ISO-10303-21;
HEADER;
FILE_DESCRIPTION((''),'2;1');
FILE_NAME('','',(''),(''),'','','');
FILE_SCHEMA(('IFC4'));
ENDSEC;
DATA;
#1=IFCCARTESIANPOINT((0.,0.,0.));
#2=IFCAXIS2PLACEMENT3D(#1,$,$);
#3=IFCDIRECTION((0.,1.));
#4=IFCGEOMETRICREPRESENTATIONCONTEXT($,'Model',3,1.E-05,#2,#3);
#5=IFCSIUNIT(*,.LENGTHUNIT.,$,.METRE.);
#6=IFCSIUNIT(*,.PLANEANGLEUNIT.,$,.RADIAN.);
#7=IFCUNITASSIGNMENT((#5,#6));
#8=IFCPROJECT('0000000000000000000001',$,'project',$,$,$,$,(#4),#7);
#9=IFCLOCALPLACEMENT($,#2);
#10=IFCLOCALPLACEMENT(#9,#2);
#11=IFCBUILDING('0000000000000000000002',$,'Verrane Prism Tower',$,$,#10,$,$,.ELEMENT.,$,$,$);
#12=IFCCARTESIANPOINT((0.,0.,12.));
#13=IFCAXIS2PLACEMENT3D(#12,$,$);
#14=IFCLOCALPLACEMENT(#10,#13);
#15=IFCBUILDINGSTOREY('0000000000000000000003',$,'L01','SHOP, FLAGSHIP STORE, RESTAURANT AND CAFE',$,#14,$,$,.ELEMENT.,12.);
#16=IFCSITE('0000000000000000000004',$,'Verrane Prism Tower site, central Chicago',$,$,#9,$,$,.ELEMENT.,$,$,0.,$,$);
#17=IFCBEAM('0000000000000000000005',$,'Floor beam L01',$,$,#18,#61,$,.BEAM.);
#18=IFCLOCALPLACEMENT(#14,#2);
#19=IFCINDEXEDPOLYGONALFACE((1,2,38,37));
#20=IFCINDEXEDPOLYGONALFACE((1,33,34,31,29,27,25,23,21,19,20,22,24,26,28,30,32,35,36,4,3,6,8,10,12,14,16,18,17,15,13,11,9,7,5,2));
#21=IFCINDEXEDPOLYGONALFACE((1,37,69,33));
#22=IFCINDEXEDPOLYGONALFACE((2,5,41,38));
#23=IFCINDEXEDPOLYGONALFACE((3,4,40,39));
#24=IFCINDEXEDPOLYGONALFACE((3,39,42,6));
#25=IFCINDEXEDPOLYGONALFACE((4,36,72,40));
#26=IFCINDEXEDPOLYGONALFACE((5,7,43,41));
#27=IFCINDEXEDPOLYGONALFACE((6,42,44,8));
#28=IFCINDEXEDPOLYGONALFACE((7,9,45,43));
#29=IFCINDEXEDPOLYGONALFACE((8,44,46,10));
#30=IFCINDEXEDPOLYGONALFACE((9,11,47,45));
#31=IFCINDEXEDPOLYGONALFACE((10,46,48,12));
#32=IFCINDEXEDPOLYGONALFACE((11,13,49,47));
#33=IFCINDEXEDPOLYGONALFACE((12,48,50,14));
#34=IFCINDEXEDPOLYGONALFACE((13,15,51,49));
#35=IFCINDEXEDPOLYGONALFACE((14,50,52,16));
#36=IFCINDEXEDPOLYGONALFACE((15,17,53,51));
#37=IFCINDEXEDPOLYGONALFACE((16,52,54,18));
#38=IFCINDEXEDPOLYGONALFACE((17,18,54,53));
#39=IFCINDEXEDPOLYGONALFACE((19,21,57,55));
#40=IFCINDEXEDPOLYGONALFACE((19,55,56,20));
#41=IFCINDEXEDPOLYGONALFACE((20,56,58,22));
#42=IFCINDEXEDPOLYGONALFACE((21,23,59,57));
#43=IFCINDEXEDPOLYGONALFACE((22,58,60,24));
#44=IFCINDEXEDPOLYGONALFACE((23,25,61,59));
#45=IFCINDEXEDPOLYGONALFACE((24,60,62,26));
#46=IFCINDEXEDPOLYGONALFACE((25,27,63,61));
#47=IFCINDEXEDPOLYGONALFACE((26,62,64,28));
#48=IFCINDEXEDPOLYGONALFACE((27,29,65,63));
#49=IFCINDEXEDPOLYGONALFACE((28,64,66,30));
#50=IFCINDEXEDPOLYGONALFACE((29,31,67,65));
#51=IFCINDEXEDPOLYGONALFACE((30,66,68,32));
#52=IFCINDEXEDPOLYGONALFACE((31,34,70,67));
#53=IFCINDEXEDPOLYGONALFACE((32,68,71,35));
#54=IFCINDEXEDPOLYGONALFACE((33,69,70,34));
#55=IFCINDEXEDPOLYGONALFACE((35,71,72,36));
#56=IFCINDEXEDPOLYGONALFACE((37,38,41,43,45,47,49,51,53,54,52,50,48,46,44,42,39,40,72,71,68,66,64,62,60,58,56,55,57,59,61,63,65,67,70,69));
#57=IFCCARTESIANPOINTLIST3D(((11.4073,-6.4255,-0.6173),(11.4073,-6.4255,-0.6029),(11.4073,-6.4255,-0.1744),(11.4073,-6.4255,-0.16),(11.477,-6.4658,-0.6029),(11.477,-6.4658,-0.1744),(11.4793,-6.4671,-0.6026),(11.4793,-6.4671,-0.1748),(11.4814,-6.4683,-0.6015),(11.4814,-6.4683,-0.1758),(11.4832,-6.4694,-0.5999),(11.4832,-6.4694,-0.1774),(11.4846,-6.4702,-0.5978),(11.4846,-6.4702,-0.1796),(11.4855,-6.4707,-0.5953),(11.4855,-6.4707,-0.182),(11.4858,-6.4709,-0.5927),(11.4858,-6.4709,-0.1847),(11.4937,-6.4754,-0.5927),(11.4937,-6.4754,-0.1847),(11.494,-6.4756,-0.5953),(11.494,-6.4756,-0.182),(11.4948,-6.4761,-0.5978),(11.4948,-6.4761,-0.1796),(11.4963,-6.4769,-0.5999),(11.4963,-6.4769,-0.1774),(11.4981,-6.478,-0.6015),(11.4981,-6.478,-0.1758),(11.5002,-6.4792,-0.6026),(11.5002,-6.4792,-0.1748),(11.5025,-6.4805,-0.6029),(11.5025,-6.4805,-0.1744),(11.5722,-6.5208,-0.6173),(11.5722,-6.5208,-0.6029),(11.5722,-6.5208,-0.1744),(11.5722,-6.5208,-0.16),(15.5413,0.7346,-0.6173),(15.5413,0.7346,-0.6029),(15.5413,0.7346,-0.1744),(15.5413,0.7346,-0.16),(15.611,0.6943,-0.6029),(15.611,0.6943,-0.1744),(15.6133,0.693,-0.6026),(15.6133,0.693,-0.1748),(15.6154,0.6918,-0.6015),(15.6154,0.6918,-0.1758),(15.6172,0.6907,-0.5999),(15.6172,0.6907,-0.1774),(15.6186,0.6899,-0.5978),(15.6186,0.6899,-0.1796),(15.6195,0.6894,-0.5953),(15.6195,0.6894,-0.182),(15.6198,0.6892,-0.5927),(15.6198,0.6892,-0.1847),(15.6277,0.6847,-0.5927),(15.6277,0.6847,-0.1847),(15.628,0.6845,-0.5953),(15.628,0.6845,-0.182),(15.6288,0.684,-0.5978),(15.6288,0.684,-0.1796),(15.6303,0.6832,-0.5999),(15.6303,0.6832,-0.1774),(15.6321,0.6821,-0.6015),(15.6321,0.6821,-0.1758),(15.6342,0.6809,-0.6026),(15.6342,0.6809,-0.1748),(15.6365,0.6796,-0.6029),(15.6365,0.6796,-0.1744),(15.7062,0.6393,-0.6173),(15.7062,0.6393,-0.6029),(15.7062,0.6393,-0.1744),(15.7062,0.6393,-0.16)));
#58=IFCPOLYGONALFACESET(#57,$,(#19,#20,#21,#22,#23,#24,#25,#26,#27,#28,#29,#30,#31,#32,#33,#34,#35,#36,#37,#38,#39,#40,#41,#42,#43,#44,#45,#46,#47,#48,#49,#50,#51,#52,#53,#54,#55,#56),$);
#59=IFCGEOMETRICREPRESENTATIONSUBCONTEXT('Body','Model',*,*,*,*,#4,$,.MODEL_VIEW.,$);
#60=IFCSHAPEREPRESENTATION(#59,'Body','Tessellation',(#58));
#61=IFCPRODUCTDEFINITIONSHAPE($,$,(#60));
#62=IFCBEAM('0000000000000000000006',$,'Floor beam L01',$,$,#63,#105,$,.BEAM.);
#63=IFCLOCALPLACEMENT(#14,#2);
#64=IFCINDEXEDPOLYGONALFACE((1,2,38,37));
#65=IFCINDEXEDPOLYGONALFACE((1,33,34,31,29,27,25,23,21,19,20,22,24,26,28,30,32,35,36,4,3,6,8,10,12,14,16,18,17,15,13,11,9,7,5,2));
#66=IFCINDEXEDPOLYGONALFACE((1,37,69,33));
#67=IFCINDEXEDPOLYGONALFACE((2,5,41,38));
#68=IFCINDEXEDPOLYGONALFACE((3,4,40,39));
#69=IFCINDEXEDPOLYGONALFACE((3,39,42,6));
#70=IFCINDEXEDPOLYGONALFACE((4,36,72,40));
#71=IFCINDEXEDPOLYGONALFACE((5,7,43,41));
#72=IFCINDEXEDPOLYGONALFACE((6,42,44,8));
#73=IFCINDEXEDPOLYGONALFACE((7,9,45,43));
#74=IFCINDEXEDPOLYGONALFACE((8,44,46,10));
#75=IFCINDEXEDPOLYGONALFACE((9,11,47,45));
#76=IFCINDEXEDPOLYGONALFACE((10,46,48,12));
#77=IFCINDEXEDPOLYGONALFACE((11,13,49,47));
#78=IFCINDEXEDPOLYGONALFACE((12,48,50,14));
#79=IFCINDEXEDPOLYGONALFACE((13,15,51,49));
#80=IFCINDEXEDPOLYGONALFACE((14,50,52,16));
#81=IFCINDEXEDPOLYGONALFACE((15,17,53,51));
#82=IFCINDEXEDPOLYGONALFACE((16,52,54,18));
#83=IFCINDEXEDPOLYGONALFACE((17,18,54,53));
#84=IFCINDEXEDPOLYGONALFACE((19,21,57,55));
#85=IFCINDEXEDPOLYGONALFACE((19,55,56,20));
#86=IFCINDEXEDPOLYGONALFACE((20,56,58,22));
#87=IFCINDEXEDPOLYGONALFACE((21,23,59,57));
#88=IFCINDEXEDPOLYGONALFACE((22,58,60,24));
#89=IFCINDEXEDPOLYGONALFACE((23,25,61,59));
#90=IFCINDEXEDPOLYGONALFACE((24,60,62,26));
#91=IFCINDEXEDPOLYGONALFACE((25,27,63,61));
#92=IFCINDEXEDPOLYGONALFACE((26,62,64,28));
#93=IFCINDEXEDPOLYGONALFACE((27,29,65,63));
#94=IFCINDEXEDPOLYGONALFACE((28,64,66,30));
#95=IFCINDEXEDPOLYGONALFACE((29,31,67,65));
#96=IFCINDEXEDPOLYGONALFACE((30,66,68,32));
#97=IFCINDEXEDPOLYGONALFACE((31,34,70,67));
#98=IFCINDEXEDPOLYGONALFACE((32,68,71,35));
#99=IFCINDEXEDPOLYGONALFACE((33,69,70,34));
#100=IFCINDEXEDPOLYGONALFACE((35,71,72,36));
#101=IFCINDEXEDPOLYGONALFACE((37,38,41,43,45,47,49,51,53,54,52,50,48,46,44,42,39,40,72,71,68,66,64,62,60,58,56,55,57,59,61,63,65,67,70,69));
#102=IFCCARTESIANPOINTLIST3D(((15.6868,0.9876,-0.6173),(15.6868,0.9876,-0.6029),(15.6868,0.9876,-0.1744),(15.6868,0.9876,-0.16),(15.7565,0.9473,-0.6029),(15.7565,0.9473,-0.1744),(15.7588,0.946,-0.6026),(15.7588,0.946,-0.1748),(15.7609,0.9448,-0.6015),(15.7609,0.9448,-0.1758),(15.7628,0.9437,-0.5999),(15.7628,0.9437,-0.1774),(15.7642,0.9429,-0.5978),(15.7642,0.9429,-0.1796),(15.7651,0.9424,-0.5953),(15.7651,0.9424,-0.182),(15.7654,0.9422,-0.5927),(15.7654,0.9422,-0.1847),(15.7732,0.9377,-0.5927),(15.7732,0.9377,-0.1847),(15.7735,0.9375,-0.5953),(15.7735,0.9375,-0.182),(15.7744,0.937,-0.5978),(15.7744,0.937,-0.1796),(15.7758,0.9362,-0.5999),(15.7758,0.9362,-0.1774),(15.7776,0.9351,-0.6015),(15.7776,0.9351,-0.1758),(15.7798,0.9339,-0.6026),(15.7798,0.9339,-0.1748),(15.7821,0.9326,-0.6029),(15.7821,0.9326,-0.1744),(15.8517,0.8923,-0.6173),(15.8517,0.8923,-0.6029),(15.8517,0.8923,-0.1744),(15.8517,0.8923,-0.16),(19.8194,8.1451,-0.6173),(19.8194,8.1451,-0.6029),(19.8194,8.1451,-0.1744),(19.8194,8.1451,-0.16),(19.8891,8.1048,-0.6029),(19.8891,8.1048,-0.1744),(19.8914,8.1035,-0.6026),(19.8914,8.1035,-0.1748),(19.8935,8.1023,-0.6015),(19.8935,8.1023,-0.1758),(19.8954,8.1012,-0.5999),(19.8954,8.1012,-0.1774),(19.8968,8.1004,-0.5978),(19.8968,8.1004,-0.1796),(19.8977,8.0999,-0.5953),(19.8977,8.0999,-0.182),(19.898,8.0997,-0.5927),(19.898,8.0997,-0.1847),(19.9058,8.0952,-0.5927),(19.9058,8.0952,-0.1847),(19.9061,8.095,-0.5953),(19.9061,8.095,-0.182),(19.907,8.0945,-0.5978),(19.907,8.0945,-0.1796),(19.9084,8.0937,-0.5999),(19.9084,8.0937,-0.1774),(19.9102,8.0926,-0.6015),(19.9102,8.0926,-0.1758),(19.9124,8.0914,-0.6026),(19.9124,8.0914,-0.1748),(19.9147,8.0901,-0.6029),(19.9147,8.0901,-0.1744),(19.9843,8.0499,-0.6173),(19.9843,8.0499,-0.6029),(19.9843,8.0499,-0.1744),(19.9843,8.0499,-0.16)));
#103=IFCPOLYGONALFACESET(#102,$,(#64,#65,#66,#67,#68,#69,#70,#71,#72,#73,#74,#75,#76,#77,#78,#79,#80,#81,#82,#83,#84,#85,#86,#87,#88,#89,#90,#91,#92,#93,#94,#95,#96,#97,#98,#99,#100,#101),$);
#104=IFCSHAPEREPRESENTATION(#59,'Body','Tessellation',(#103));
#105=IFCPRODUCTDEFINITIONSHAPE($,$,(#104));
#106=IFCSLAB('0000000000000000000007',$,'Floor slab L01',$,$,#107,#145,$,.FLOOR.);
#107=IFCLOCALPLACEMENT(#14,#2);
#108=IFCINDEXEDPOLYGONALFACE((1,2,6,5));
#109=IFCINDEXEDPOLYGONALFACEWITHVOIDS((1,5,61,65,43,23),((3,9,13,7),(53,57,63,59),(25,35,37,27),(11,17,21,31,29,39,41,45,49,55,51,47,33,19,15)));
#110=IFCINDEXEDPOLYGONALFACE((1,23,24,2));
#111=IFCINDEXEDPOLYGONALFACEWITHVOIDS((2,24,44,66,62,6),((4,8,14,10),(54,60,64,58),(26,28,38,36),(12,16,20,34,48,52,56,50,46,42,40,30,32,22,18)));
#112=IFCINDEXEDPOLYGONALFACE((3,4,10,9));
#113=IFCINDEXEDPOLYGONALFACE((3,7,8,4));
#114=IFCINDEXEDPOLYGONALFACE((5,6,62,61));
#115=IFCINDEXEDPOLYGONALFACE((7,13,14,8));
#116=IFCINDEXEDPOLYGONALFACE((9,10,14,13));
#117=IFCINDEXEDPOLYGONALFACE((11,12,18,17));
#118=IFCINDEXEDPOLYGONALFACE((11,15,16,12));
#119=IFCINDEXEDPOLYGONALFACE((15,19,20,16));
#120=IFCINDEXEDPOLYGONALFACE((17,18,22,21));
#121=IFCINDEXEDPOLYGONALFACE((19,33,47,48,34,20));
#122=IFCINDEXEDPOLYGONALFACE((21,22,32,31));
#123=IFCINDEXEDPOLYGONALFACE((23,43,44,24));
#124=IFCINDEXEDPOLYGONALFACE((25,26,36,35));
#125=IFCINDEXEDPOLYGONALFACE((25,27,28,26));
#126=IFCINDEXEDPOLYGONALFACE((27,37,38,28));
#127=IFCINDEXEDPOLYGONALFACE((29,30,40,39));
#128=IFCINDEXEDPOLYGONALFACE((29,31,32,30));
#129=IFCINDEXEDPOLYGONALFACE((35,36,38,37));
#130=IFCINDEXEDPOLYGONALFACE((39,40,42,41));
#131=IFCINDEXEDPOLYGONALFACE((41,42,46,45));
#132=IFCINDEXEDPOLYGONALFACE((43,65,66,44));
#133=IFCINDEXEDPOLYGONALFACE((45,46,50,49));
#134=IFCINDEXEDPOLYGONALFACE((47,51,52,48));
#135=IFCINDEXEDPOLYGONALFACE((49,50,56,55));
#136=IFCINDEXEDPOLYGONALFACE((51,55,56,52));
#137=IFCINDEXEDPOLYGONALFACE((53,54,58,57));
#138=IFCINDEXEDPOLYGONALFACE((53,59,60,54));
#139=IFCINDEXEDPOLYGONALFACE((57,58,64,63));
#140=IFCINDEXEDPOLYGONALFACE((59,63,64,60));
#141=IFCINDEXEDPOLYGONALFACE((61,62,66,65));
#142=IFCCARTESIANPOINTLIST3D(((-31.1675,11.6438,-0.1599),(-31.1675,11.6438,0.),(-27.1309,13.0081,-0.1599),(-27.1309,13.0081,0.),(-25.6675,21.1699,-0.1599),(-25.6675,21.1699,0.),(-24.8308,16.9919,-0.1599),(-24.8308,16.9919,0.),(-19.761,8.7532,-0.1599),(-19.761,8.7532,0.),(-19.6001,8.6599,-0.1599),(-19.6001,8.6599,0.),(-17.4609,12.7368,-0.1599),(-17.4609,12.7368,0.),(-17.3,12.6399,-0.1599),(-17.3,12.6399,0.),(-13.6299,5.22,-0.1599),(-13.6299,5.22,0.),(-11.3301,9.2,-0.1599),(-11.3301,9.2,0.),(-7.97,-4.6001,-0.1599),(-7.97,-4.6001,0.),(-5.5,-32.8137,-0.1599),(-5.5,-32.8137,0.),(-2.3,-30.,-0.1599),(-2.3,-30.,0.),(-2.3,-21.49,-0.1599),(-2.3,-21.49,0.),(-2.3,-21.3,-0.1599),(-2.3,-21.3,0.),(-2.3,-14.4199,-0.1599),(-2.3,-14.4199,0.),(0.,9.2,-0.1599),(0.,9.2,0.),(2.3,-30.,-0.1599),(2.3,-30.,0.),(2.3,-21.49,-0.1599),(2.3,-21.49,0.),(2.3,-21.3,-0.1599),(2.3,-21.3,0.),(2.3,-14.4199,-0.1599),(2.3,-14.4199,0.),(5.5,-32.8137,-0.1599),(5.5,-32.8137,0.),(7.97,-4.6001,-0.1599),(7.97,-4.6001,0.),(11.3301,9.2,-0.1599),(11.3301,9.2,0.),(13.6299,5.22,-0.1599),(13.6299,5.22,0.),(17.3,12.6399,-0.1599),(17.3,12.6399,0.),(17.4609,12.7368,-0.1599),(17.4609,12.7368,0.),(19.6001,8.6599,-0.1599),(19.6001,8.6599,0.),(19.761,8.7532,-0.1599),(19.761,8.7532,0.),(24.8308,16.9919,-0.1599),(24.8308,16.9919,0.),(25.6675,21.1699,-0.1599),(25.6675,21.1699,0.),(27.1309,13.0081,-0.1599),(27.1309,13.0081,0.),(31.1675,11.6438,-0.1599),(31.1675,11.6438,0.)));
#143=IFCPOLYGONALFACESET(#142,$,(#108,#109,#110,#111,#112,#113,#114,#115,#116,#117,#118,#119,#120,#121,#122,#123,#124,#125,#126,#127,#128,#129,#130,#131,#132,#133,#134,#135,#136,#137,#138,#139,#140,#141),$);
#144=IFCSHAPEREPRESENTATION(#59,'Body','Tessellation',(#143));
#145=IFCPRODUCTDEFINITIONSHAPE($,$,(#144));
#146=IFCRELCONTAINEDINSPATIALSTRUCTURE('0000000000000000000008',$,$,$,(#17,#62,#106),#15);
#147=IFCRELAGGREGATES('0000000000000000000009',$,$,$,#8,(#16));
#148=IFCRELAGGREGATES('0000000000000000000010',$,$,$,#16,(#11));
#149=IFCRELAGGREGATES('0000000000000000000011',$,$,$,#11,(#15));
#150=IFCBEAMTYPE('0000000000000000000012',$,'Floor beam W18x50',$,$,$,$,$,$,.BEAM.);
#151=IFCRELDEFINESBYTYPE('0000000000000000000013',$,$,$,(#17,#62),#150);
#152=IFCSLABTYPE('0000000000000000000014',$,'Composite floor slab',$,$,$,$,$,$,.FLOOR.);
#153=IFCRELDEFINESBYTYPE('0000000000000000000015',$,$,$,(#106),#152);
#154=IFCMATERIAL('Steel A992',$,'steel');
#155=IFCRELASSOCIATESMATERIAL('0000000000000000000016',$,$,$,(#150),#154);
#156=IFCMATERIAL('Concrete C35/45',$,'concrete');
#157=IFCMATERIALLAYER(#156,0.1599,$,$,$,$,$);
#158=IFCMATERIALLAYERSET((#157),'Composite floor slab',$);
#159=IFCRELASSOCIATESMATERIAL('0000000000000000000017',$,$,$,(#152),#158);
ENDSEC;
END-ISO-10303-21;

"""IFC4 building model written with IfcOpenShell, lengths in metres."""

from ifc_helpers import new_model, si_unit, direction, frame, origin, origin_2d, place, context, subcontext, project, spatial, polyline, i_section, outline, extrude, material, layer, layer_set, material_profile, profile_set, type_object, element, save


model = new_model("IFC4")

# Units and contexts
model_context = context("Model", 3, precision=1e-05, world=origin(), true_north=direction((0.0, 1.0)))
body_context = subcontext(model_context, "Body", "Model", "MODEL_VIEW")
ifc_project = project(units=[si_unit("LENGTHUNIT", "METRE"), si_unit("PLANEANGLEUNIT", "RADIAN")], contexts=[model_context])

# Site, building, storey
site_placement = place(None, origin())
site = spatial("IfcSite", under=ifc_project, at=site_placement, Name="Verrane Prism Tower site, central Chicago", CompositionType="ELEMENT", RefElevation=0.0)
building_placement = place(site_placement, origin())
building = spatial("IfcBuilding", under=site, at=building_placement, Name="Verrane Prism Tower", CompositionType="ELEMENT")
storey_placement = place(building_placement, frame((0.0, 0.0, 12.0)))
storey = spatial("IfcBuildingStorey", under=building, at=storey_placement, Name="L01", Description="SHOP, FLAGSHIP STORE, RESTAURANT AND CAFE", CompositionType="ELEMENT", Elevation=12.0)

# Beams
ifc_material_1 = material(Name="Steel A992", Category="steel")
ifc_material_profile_1 = material_profile(ifc_material_1, i_section(OverallWidth=0.1904, OverallDepth=0.4573, WebThickness=0.009, FlangeThickness=0.0144, FilletRadius=0.0103, at=origin_2d()), Name="W18x50")
ifc_profile_set_1 = profile_set([ifc_material_profile_1], Name="Steel A992")
beam_type_1 = type_object("IfcBeamType", Name="Floor beam W18x50", PredefinedType="BEAM", material=ifc_profile_set_1)
beam_1_placement = place(storey_placement, frame((11.4897, -6.4731, -0.3887), z_axis=(0.50001, 0.866019, 0.0), x_axis=(-0.866019, 0.50001, 0.0)))
element("IfcBeam", 1, at=beam_1_placement, inside=storey, type_object=beam_type_1, Name="Floor beam L01", PredefinedType="BEAM", context=body_context, shape_type="SweptSolid", body=[
    extrude(i_section(OverallWidth=0.1904, OverallDepth=0.4573, WebThickness=0.009, FlangeThickness=0.0144, FilletRadius=0.0103, at=origin_2d()), origin(), (0.0, 0.0, 1.0), 8.2678),
])
beam_2_placement = place(storey_placement, frame((15.7693, 0.9399, -0.3887), z_axis=(0.500018, 0.866015, 0.0), x_axis=(-0.866015, 0.500018, 0.0)))
element("IfcBeam", 2, at=beam_2_placement, inside=storey, type_object=beam_type_1, Name="Floor beam L01", PredefinedType="BEAM", context=body_context, shape_type="SweptSolid", body=[
    extrude(i_section(OverallWidth=0.1904, OverallDepth=0.4573, WebThickness=0.009, FlangeThickness=0.0144, FilletRadius=0.0103, at=origin_2d()), origin(), (0.0, 0.0, 1.0), 8.2649),
])

# Slab
ifc_material_2 = material(Name="Concrete C35/45", Category="concrete")
ifc_layer_1 = layer(ifc_material_2, 0.1599)
ifc_layer_set_1 = layer_set([ifc_layer_1], Name="Composite floor slab")
slab_type_1 = type_object("IfcSlabType", Name="Composite floor slab", PredefinedType="FLOOR", material=ifc_layer_set_1)
slab_1_placement = place(storey_placement, frame((0.0, 0.0, -0.1599)))
element("IfcSlab", 3, at=slab_1_placement, inside=storey, type_object=slab_type_1, Name="Floor slab L01", PredefinedType="FLOOR", context=body_context, shape_type="SweptSolid", body=[
    extrude(outline(polyline([(-25.6675, 21.1699), (25.6675, 21.1699), (31.1675, 11.6438), (5.5, -32.8137), (-5.5, -32.8137), (-31.1675, 11.6438), (-25.6675, 21.1699)]), holes=[polyline([(0.0, 9.2), (-11.3301, 9.2), (-17.3, 12.6399), (-19.6001, 8.6599), (-13.6299, 5.22), (-7.97, -4.6001), (-2.3, -14.4199), (-2.3, -21.3), (2.3, -21.3), (2.3, -14.4199), (7.97, -4.6001), (13.6299, 5.22), (19.6001, 8.6599), (17.3, 12.6399), (11.3301, 9.2), (0.0, 9.2)]), polyline([(17.4609, 12.7368), (19.761, 8.7532), (27.1309, 13.0081), (24.8308, 16.9919), (17.4609, 12.7368)]), polyline([(-27.1309, 13.0081), (-19.761, 8.7532), (-17.4609, 12.7368), (-24.8308, 16.9919), (-27.1309, 13.0081)]), polyline([(-2.3, -30.0), (2.3, -30.0), (2.3, -21.49), (-2.3, -21.49), (-2.3, -30.0)])]), origin(), (0.0, 0.0, 1.0), 0.1599),
])

save(model, "model.ifc")
